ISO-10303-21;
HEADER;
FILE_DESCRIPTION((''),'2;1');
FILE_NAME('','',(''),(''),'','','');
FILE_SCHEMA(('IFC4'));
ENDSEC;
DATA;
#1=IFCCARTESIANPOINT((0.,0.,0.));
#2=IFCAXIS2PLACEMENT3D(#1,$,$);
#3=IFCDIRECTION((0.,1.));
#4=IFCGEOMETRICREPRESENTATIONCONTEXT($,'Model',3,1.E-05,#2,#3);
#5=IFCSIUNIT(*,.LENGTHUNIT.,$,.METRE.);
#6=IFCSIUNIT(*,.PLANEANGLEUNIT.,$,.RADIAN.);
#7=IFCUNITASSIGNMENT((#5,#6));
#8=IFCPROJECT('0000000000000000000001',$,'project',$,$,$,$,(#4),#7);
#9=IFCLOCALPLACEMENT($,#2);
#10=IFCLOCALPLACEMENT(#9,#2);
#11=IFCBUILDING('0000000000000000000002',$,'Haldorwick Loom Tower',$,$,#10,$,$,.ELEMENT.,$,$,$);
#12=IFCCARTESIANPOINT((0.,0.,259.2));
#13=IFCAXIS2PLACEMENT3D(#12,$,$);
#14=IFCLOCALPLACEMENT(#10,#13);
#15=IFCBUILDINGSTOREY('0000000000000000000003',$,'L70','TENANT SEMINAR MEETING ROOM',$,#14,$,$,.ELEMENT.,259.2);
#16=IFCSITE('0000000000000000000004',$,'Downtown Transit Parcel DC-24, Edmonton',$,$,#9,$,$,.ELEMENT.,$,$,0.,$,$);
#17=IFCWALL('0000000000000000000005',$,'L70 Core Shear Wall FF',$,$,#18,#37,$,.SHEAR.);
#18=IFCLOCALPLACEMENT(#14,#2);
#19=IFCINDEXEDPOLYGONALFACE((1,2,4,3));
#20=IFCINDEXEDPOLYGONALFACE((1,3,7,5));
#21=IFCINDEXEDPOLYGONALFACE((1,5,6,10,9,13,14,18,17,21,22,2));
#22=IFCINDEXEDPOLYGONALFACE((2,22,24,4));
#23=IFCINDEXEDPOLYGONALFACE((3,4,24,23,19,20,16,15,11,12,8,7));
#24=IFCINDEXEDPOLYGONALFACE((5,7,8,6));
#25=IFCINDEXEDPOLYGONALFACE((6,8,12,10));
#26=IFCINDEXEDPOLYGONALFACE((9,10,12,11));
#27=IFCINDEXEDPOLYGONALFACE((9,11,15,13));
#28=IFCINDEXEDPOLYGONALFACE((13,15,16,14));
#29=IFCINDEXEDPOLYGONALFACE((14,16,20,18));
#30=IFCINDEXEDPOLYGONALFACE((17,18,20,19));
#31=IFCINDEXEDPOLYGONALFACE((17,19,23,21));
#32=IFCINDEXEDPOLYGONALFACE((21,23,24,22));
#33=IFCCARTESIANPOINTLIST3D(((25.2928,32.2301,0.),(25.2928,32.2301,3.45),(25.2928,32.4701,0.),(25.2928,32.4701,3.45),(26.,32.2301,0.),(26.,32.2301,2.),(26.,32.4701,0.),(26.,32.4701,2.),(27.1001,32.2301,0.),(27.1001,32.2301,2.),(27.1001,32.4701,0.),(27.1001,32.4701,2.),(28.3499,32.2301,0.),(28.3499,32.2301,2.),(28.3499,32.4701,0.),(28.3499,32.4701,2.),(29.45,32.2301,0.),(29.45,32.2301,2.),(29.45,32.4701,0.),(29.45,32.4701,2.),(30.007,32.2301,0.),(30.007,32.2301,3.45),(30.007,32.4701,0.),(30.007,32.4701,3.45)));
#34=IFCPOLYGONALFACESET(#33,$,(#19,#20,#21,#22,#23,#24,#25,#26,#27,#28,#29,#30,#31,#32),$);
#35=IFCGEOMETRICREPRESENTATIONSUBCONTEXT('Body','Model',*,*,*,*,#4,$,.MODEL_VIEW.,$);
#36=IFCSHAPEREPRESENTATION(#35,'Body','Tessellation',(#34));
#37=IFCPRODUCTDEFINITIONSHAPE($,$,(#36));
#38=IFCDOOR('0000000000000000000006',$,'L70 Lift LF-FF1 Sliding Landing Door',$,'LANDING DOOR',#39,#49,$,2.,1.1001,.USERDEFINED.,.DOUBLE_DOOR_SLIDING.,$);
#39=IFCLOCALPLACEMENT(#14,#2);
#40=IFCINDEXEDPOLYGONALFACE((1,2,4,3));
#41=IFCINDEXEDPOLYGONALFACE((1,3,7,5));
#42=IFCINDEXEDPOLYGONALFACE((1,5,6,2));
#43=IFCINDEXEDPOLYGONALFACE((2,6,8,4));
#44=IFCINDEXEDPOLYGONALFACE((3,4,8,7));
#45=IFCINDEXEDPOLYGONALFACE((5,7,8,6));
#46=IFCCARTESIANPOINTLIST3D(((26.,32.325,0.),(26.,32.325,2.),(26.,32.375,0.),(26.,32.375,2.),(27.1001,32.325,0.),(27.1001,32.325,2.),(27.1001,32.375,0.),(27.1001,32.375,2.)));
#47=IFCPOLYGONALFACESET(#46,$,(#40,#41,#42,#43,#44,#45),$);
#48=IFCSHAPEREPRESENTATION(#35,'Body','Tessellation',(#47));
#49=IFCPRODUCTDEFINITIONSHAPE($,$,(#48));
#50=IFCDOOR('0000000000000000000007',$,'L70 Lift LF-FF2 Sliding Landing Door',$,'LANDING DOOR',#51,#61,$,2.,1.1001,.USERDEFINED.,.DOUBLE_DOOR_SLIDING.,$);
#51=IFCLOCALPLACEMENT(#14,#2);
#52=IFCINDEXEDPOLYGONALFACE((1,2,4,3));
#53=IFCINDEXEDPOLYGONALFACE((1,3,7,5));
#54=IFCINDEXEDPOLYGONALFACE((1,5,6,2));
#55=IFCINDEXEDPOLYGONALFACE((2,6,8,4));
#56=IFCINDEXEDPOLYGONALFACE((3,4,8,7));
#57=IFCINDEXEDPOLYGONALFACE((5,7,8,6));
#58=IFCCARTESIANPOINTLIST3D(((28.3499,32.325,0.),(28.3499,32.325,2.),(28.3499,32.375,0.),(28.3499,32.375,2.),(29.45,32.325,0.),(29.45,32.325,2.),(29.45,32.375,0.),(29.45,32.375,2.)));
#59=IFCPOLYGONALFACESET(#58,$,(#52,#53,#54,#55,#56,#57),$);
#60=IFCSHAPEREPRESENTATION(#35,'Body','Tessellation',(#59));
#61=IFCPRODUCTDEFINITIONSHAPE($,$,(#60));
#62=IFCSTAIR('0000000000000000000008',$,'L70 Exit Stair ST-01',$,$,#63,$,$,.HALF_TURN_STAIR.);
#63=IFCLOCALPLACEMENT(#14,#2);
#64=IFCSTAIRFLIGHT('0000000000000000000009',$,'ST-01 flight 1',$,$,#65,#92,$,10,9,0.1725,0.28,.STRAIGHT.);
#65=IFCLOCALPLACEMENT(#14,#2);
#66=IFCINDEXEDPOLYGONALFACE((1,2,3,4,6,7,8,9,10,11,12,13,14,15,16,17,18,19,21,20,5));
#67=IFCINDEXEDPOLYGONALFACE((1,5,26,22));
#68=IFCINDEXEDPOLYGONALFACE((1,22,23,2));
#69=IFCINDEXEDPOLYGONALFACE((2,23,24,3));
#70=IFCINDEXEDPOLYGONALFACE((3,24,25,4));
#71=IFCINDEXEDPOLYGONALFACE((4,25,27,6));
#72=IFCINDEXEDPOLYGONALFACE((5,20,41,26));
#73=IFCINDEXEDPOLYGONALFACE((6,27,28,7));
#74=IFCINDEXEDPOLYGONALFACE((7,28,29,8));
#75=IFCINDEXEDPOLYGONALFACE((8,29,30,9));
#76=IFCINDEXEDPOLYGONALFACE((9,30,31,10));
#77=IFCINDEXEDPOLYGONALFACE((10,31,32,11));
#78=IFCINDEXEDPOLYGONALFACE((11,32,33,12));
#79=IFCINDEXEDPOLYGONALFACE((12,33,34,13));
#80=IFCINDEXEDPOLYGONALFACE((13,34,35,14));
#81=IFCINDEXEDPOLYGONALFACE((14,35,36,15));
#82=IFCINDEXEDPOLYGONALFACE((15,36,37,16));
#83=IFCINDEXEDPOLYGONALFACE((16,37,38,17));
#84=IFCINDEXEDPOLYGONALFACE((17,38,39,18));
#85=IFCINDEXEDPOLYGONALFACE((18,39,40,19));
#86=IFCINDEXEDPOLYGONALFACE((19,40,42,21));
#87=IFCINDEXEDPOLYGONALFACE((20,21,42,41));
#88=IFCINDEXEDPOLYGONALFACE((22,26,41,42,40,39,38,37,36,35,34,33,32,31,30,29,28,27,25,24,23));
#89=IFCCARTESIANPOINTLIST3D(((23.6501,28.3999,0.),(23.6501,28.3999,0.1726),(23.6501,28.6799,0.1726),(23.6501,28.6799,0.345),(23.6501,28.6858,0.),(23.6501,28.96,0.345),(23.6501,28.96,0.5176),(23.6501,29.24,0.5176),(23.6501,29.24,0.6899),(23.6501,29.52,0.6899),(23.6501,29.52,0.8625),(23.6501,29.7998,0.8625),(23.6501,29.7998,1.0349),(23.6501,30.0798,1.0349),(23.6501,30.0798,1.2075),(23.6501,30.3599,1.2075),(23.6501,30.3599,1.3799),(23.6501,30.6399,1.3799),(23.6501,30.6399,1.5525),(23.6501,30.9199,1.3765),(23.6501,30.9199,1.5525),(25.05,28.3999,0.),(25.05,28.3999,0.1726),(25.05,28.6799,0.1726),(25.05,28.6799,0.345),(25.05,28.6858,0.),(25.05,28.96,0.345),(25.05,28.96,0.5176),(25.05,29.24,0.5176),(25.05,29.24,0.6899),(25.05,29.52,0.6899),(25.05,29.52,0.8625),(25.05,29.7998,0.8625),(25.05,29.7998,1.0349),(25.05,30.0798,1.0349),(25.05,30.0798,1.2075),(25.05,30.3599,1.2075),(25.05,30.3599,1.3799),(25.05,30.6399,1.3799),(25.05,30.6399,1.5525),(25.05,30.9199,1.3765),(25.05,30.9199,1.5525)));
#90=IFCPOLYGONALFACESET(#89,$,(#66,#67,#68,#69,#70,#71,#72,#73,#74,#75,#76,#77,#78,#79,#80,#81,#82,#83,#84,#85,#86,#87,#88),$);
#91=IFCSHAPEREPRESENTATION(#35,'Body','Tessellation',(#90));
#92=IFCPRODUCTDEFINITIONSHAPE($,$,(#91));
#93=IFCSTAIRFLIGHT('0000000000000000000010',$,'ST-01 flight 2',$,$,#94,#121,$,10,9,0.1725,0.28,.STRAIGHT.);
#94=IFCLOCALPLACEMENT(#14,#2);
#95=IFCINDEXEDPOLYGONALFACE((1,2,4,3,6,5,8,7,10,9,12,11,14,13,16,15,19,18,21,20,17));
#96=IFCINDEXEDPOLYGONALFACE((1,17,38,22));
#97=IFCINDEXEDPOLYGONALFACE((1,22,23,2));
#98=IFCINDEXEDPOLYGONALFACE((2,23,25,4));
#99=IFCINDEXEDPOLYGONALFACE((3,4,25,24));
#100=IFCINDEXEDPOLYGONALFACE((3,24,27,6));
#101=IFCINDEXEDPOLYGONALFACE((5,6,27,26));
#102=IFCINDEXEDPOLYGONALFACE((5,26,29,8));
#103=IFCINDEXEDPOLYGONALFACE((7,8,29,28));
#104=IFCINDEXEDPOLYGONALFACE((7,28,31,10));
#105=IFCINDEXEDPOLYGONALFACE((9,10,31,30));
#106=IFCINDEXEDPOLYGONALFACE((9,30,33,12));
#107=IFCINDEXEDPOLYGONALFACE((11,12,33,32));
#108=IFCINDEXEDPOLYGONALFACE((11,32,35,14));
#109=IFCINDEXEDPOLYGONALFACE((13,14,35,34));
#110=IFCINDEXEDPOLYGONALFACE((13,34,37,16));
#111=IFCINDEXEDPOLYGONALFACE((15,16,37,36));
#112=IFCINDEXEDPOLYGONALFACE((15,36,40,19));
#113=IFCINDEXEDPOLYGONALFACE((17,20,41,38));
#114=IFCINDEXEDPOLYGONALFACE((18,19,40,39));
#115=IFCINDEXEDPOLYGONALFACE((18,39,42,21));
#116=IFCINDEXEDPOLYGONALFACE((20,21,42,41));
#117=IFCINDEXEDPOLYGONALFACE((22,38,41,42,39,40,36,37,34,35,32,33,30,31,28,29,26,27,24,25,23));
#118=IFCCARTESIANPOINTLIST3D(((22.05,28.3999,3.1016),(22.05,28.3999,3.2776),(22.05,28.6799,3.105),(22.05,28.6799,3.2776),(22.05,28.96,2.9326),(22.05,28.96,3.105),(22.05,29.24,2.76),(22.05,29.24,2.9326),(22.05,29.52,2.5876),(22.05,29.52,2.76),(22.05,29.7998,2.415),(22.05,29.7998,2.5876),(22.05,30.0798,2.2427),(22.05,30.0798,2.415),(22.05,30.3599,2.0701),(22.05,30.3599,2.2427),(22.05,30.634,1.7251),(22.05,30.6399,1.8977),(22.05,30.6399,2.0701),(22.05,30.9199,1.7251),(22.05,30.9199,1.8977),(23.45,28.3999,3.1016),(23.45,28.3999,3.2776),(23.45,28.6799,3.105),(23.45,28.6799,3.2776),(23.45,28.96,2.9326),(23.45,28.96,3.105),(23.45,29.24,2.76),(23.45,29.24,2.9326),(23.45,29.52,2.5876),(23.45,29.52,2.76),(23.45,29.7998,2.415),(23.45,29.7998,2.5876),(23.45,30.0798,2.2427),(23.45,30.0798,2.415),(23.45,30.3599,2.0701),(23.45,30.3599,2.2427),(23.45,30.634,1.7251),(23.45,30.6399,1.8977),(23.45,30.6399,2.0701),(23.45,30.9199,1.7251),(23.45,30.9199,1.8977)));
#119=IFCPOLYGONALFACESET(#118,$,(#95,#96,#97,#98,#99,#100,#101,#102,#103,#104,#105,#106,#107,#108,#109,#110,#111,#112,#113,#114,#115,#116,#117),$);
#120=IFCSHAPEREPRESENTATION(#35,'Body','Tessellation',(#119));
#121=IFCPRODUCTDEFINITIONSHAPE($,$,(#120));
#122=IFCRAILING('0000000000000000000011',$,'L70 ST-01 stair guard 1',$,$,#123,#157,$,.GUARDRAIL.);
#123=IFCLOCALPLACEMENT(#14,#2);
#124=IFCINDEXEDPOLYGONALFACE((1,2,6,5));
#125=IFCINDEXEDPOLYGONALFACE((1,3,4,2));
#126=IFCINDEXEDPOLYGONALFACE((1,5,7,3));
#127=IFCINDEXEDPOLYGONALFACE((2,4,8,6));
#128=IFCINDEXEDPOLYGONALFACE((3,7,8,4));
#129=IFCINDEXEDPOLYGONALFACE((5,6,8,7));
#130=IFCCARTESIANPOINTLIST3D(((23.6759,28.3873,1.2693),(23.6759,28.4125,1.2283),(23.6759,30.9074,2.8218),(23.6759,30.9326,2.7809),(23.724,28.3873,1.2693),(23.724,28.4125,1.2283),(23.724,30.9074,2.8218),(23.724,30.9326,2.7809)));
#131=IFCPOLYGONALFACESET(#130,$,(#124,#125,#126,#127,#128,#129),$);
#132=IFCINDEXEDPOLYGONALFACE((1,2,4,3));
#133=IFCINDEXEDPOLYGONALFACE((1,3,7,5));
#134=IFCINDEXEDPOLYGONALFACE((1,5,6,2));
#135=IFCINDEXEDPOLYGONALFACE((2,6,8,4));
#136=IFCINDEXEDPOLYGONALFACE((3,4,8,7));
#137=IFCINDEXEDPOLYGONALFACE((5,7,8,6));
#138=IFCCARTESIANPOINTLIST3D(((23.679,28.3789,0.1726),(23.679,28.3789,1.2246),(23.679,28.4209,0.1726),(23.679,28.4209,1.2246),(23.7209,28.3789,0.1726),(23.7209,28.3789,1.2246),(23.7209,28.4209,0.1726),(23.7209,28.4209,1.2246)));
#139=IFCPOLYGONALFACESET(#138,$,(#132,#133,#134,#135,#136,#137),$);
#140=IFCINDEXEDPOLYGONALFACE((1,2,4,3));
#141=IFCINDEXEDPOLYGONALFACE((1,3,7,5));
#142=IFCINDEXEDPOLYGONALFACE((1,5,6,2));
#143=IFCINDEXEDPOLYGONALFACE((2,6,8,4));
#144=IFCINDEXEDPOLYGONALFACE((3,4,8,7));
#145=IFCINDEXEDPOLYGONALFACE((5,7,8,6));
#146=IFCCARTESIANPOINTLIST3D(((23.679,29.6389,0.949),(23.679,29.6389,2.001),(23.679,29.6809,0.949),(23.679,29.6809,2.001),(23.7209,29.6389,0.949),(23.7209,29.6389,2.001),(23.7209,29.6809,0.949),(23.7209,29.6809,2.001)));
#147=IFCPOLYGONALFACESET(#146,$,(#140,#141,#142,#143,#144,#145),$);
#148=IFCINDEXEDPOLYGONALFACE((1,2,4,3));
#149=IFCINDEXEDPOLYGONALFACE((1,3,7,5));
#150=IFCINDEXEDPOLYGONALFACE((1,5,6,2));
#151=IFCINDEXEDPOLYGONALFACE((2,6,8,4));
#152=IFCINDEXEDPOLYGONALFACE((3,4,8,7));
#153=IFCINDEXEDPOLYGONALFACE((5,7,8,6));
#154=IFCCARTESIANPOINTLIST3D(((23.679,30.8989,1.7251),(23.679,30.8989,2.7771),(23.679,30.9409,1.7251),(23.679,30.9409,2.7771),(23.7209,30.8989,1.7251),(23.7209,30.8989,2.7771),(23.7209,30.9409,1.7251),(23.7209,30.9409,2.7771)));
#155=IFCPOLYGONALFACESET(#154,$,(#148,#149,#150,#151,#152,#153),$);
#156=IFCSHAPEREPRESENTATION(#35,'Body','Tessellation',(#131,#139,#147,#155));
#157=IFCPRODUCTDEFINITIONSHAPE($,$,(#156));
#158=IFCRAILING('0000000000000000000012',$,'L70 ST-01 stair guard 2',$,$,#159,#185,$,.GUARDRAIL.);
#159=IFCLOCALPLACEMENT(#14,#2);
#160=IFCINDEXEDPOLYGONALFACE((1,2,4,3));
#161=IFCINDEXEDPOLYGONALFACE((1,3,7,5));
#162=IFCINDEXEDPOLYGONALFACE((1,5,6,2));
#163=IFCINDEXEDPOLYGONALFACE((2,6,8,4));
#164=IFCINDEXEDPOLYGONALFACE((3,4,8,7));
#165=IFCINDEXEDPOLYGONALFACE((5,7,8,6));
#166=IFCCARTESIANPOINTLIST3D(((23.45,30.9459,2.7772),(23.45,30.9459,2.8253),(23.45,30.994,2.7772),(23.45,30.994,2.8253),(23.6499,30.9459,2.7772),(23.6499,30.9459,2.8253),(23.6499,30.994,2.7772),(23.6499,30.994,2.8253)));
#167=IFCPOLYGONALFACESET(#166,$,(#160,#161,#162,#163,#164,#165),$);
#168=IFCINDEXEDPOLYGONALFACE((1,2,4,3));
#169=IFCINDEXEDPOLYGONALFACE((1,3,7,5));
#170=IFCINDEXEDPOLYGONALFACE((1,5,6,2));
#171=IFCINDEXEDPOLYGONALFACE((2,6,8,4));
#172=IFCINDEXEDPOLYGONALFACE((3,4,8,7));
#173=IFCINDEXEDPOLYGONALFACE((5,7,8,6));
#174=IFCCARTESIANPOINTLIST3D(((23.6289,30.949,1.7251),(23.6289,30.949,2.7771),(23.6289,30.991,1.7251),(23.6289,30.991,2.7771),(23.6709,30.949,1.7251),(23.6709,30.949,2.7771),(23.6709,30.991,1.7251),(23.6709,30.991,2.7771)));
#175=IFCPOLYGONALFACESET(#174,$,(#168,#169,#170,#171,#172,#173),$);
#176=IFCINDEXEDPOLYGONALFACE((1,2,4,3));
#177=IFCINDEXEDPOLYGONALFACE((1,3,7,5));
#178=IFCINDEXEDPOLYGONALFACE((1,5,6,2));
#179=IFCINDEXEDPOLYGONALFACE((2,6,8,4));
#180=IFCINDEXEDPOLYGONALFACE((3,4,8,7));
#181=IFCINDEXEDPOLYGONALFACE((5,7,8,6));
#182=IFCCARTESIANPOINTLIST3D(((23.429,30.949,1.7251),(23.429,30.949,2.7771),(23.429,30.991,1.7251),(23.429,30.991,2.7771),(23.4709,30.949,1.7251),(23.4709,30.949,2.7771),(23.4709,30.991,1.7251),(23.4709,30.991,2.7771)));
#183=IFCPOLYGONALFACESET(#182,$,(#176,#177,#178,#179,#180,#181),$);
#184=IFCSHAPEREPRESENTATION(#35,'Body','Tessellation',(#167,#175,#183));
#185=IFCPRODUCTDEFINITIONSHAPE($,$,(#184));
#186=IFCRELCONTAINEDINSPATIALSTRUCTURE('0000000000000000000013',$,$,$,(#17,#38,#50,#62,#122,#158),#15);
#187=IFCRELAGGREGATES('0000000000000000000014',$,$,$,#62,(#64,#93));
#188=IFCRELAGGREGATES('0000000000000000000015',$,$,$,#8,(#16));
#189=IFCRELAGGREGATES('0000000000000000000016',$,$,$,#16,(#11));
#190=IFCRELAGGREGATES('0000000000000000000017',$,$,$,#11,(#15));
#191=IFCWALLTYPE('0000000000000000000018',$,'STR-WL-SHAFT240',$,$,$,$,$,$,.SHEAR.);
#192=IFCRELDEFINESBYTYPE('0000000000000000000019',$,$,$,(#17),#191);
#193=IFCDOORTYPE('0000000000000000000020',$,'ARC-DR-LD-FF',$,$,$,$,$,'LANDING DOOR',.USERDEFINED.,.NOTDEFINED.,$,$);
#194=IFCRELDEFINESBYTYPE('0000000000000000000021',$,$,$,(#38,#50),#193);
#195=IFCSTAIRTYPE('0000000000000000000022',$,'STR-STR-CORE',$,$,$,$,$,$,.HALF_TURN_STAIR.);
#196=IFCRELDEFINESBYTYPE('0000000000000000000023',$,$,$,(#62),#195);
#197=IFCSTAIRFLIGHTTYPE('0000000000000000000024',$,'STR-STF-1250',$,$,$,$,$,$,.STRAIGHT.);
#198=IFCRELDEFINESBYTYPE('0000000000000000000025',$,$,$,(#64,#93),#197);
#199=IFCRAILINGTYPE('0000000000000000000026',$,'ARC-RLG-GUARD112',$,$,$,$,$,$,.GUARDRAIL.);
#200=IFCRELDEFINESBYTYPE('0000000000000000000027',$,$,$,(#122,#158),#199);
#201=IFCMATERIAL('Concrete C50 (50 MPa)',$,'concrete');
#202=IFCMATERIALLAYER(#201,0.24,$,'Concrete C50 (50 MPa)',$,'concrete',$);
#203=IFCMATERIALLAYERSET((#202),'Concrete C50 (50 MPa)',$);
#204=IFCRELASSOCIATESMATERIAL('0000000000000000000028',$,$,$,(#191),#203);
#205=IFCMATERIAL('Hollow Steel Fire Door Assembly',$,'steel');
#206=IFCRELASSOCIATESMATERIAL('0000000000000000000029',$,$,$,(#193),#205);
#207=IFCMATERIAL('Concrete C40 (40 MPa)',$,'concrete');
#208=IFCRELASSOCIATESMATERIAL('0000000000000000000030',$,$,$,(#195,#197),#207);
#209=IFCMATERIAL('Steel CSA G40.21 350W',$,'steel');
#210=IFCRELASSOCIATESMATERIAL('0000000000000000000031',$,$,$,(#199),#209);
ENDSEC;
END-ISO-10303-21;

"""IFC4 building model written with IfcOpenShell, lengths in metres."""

from ifc_helpers import new_model, si_unit, direction, frame, frame_2d, origin, origin_2d, place, context, subcontext, project, spatial, polyline, rectangle, outline, extrude, material, layer, layer_set, type_object, element, fill, aggregate, save


model = new_model("IFC4")

# Units and contexts
model_context = context("Model", 3, precision=1e-05, world=origin(), true_north=direction((0.0, 1.0)))
body_context = subcontext(model_context, "Body", "Model", "MODEL_VIEW")
ifc_project = project(units=[si_unit("LENGTHUNIT", "METRE"), si_unit("PLANEANGLEUNIT", "RADIAN")], contexts=[model_context])

# Site, building, storey
site_placement = place(None, origin())
site = spatial("IfcSite", under=ifc_project, at=site_placement, Name="Downtown Transit Parcel DC-24, Edmonton", CompositionType="ELEMENT", RefElevation=0.0)
building_placement = place(site_placement, origin())
building = spatial("IfcBuilding", under=site, at=building_placement, Name="Haldorwick Loom Tower", CompositionType="ELEMENT")
storey_placement = place(building_placement, frame((0.0, 0.0, 259.2)))
storey = spatial("IfcBuildingStorey", under=building, at=storey_placement, Name="L70", Description="TENANT SEMINAR MEETING ROOM", CompositionType="ELEMENT", Elevation=259.2)

# Shared definitions
ifc_material_1 = material(Name="Steel CSA G40.21 350W", Category="steel")

# Wall, openings, doors
ifc_material_2 = material(Name="Concrete C50 (50 MPa)", Category="concrete")
ifc_layer_1 = layer(ifc_material_2, 0.24, Name="Concrete C50 (50 MPa)", Category="concrete")
ifc_layer_set_1 = layer_set([ifc_layer_1], Name="Concrete C50 (50 MPa)")
wall_type_1 = type_object("IfcWallType", Name="STR-WL-SHAFT240", PredefinedType="SHEAR", material=ifc_layer_set_1)
wall_1_placement = place(storey_placement, frame((25.293, 32.3501, 0.0), z_axis=(0.0, 0.0, 1.0), x_axis=(1.0, 0.0, 0.0)))
wall_1 = element("IfcWall", 1, at=wall_1_placement, inside=storey, type_object=wall_type_1, Name="L70 Core Shear Wall FF", PredefinedType="SHEAR", context=body_context, shape_type="SweptSolid", body=[
    extrude(rectangle(XDim=4.7141, YDim=0.24, at=frame_2d((2.3569, 0.0))), origin(), (0.0, 0.0, 1.0), 3.45),
])
opening_1_placement = place(wall_1_placement, frame((0.707, 0.0, 0.0)))
opening_1 = element("IfcOpeningElement", 2, at=opening_1_placement, cuts=wall_1, PredefinedType="OPENING", context=body_context, shape_type="SweptSolid", body=[
    extrude(rectangle(XDim=1.1001, YDim=2.0, at=frame_2d((0.55, 1.0))), frame((0.0, 0.1299, 0.0), z_axis=(0.0, -1.0, 0.0), x_axis=(1.0, 0.0, 0.0)), (0.0, 0.0, 1.0), 0.26),
])
opening_2_placement = place(wall_1_placement, frame((3.0569, 0.0, 0.0)))
opening_2 = element("IfcOpeningElement", 3, at=opening_2_placement, cuts=wall_1, PredefinedType="OPENING", context=body_context, shape_type="SweptSolid", body=[
    extrude(rectangle(XDim=1.1001, YDim=2.0, at=frame_2d((0.55, 1.0))), frame((0.0, 0.1299, 0.0), z_axis=(0.0, -1.0, 0.0), x_axis=(1.0, 0.0, 0.0)), (0.0, 0.0, 1.0), 0.26),
])
ifc_material_3 = material(Name="Hollow Steel Fire Door Assembly", Category="steel")
door_type_1 = type_object("IfcDoorType", Name="ARC-DR-LD-FF", ElementType="LANDING DOOR", OperationType="NOTDEFINED", PredefinedType="USERDEFINED", material=ifc_material_3)
door_1_placement = place(opening_1_placement, origin())
door_1 = element("IfcDoor", 4, at=door_1_placement, inside=storey, type_object=door_type_1, Name="L70 Lift LF-FF1 Sliding Landing Door", ObjectType="LANDING DOOR", OperationType="DOUBLE_DOOR_SLIDING", OverallHeight=2.0, OverallWidth=1.1001, PredefinedType="USERDEFINED", context=body_context, shape_type="SweptSolid", body=[
    extrude(rectangle(XDim=1.1001, YDim=2.0, at=frame_2d((0.55, 1.0))), frame((0.0, 0.0249, 0.0), z_axis=(0.0, -1.0, 0.0), x_axis=(1.0, 0.0, 0.0)), (0.0, 0.0, 1.0), 0.05),
])
fill(opening_1, door_1)
door_2_placement = place(opening_2_placement, origin())
door_2 = element("IfcDoor", 5, at=door_2_placement, inside=storey, type_object=door_type_1, Name="L70 Lift LF-FF2 Sliding Landing Door", ObjectType="LANDING DOOR", OperationType="DOUBLE_DOOR_SLIDING", OverallHeight=2.0, OverallWidth=1.1001, PredefinedType="USERDEFINED", context=body_context, shape_type="SweptSolid", body=[
    extrude(rectangle(XDim=1.1001, YDim=2.0, at=frame_2d((0.55, 1.0))), frame((0.0, 0.0249, 0.0), z_axis=(0.0, -1.0, 0.0), x_axis=(1.0, 0.0, 0.0)), (0.0, 0.0, 1.0), 0.05),
])
fill(opening_2, door_2)

# Stair, stair flights
ifc_material_4 = material(Name="Concrete C40 (40 MPa)", Category="concrete")
stair_type = type_object("IfcStairType", Name="STR-STR-CORE", PredefinedType="HALF_TURN_STAIR", material=ifc_material_4)
stair_placement = place(storey_placement, origin())
stair = element("IfcStair", 6, at=stair_placement, inside=storey, type_object=stair_type, Name="L70 Exit Stair ST-01", PredefinedType="HALF_TURN_STAIR")
stair_flight_type = type_object("IfcStairFlightType", Name="STR-STF-1250", PredefinedType="STRAIGHT", material=ifc_material_4)
stair_flight_1_placement = place(storey_placement, frame((24.3501, 28.3999, 0.0), z_axis=(0.0, 0.0, 1.0), x_axis=(0.0, 1.0, 0.0)))
stair_flight_1 = element("IfcStairFlight", 7, at=stair_flight_1_placement, type_object=stair_flight_type, Name="ST-01 flight 1", NumberOfRisers=10, NumberOfTreads=9, PredefinedType="STRAIGHT", RiserHeight=0.1725, TreadLength=0.28, context=body_context, shape_type="SweptSolid", body=[
    extrude(outline(polyline([(0.0, 0.0), (0.0, 0.1726), (0.28, 0.1726), (0.28, 0.345), (0.5601, 0.345), (0.5601, 0.5176), (0.8401, 0.5176), (0.8401, 0.6899), (1.1201, 0.6899), (1.1201, 0.8625), (1.3999, 0.8625), (1.3999, 1.0349), (1.6799, 1.0349), (1.6799, 1.2075), (1.96, 1.2075), (1.96, 1.3799), (2.24, 1.3799), (2.24, 1.5525), (2.52, 1.5525), (2.52, 1.7251), (2.52, 1.3765), (0.2859, 0.0), (0.0, 0.0)])), frame((0.0, 0.7, 0.0), z_axis=(0.0, -1.0, 0.0), x_axis=(1.0, 0.0, 0.0)), (0.0, 0.0, 1.0), 1.3999),
])
stair_flight_2_placement = place(storey_placement, frame((22.75, 30.9199, 1.7251), z_axis=(0.0, 0.0, 1.0), x_axis=(0.0, -1.0, 0.0)))
stair_flight_2 = element("IfcStairFlight", 8, at=stair_flight_2_placement, type_object=stair_flight_type, Name="ST-01 flight 2", NumberOfRisers=10, NumberOfTreads=9, PredefinedType="STRAIGHT", RiserHeight=0.1725, TreadLength=0.28, context=body_context, shape_type="SweptSolid", body=[
    extrude(outline(polyline([(0.0, 0.0), (0.0, 0.1726), (0.28, 0.1726), (0.28, 0.345), (0.5601, 0.345), (0.5601, 0.5176), (0.8401, 0.5176), (0.8401, 0.6899), (1.1201, 0.6899), (1.1201, 0.8625), (1.3999, 0.8625), (1.3999, 1.0349), (1.6799, 1.0349), (1.6799, 1.2075), (1.96, 1.2075), (1.96, 1.3799), (2.24, 1.3799), (2.24, 1.5525), (2.52, 1.5525), (2.52, 1.7251), (2.52, 1.3765), (0.2859, 0.0), (0.0, 0.0)])), frame((0.0, 0.7, 0.0), z_axis=(0.0, -1.0, 0.0), x_axis=(1.0, 0.0, 0.0)), (0.0, 0.0, 1.0), 1.3999),
])
aggregate(stair, [stair_flight_1, stair_flight_2])

# Railings
railing_type_1 = type_object("IfcRailingType", Name="ARC-RLG-GUARD112", PredefinedType="GUARDRAIL", material=ifc_material_1)
railing_1_placement = place(storey_placement, frame((23.7, 28.3999, 0.1726)))
element("IfcRailing", 9, at=railing_1_placement, inside=storey, type_object=railing_type_1, Name="L70 ST-01 stair guard 1", PredefinedType="GUARDRAIL", context=body_context, shape_type="SweptSolid", body=[
    extrude(rectangle(XDim=0.0481, YDim=0.0481, at=origin_2d()), frame((0.0, 0.0, 1.0762), z_axis=(0.0, 0.8514, 0.524516), x_axis=(-1.0, 0.0, 0.0)), (0.0, 0.0, 1.0), 2.96),
    extrude(rectangle(XDim=0.042, YDim=0.042, at=origin_2d()), origin(), (0.0, 0.0, 1.0), 1.052),
    extrude(rectangle(XDim=0.042, YDim=0.042, at=origin_2d()), frame((0.0, 1.26, 0.7764)), (0.0, 0.0, 1.0), 1.052),
    extrude(rectangle(XDim=0.042, YDim=0.042, at=origin_2d()), frame((0.0, 2.52, 1.5525)), (0.0, 0.0, 1.0), 1.052),
])
railing_2_placement = place(storey_placement, frame((23.6499, 30.97, 1.7251)))
element("IfcRailing", 10, at=railing_2_placement, inside=storey, type_object=railing_type_1, Name="L70 ST-01 stair guard 2", PredefinedType="GUARDRAIL", context=body_context, shape_type="SweptSolid", body=[
    extrude(rectangle(XDim=0.0481, YDim=0.0481, at=origin_2d()), frame((0.0, 0.0, 1.0762), z_axis=(-1.0, 0.0, 0.0), x_axis=(0.0, -1.0, 0.0)), (0.0, 0.0, 1.0), 0.2),
    extrude(rectangle(XDim=0.042, YDim=0.042, at=origin_2d()), origin(), (0.0, 0.0, 1.0), 1.052),
    extrude(rectangle(XDim=0.042, YDim=0.042, at=origin_2d()), frame((-0.2, 0.0, 0.0)), (0.0, 0.0, 1.0), 1.052),
])

save(model, "model.ifc")
